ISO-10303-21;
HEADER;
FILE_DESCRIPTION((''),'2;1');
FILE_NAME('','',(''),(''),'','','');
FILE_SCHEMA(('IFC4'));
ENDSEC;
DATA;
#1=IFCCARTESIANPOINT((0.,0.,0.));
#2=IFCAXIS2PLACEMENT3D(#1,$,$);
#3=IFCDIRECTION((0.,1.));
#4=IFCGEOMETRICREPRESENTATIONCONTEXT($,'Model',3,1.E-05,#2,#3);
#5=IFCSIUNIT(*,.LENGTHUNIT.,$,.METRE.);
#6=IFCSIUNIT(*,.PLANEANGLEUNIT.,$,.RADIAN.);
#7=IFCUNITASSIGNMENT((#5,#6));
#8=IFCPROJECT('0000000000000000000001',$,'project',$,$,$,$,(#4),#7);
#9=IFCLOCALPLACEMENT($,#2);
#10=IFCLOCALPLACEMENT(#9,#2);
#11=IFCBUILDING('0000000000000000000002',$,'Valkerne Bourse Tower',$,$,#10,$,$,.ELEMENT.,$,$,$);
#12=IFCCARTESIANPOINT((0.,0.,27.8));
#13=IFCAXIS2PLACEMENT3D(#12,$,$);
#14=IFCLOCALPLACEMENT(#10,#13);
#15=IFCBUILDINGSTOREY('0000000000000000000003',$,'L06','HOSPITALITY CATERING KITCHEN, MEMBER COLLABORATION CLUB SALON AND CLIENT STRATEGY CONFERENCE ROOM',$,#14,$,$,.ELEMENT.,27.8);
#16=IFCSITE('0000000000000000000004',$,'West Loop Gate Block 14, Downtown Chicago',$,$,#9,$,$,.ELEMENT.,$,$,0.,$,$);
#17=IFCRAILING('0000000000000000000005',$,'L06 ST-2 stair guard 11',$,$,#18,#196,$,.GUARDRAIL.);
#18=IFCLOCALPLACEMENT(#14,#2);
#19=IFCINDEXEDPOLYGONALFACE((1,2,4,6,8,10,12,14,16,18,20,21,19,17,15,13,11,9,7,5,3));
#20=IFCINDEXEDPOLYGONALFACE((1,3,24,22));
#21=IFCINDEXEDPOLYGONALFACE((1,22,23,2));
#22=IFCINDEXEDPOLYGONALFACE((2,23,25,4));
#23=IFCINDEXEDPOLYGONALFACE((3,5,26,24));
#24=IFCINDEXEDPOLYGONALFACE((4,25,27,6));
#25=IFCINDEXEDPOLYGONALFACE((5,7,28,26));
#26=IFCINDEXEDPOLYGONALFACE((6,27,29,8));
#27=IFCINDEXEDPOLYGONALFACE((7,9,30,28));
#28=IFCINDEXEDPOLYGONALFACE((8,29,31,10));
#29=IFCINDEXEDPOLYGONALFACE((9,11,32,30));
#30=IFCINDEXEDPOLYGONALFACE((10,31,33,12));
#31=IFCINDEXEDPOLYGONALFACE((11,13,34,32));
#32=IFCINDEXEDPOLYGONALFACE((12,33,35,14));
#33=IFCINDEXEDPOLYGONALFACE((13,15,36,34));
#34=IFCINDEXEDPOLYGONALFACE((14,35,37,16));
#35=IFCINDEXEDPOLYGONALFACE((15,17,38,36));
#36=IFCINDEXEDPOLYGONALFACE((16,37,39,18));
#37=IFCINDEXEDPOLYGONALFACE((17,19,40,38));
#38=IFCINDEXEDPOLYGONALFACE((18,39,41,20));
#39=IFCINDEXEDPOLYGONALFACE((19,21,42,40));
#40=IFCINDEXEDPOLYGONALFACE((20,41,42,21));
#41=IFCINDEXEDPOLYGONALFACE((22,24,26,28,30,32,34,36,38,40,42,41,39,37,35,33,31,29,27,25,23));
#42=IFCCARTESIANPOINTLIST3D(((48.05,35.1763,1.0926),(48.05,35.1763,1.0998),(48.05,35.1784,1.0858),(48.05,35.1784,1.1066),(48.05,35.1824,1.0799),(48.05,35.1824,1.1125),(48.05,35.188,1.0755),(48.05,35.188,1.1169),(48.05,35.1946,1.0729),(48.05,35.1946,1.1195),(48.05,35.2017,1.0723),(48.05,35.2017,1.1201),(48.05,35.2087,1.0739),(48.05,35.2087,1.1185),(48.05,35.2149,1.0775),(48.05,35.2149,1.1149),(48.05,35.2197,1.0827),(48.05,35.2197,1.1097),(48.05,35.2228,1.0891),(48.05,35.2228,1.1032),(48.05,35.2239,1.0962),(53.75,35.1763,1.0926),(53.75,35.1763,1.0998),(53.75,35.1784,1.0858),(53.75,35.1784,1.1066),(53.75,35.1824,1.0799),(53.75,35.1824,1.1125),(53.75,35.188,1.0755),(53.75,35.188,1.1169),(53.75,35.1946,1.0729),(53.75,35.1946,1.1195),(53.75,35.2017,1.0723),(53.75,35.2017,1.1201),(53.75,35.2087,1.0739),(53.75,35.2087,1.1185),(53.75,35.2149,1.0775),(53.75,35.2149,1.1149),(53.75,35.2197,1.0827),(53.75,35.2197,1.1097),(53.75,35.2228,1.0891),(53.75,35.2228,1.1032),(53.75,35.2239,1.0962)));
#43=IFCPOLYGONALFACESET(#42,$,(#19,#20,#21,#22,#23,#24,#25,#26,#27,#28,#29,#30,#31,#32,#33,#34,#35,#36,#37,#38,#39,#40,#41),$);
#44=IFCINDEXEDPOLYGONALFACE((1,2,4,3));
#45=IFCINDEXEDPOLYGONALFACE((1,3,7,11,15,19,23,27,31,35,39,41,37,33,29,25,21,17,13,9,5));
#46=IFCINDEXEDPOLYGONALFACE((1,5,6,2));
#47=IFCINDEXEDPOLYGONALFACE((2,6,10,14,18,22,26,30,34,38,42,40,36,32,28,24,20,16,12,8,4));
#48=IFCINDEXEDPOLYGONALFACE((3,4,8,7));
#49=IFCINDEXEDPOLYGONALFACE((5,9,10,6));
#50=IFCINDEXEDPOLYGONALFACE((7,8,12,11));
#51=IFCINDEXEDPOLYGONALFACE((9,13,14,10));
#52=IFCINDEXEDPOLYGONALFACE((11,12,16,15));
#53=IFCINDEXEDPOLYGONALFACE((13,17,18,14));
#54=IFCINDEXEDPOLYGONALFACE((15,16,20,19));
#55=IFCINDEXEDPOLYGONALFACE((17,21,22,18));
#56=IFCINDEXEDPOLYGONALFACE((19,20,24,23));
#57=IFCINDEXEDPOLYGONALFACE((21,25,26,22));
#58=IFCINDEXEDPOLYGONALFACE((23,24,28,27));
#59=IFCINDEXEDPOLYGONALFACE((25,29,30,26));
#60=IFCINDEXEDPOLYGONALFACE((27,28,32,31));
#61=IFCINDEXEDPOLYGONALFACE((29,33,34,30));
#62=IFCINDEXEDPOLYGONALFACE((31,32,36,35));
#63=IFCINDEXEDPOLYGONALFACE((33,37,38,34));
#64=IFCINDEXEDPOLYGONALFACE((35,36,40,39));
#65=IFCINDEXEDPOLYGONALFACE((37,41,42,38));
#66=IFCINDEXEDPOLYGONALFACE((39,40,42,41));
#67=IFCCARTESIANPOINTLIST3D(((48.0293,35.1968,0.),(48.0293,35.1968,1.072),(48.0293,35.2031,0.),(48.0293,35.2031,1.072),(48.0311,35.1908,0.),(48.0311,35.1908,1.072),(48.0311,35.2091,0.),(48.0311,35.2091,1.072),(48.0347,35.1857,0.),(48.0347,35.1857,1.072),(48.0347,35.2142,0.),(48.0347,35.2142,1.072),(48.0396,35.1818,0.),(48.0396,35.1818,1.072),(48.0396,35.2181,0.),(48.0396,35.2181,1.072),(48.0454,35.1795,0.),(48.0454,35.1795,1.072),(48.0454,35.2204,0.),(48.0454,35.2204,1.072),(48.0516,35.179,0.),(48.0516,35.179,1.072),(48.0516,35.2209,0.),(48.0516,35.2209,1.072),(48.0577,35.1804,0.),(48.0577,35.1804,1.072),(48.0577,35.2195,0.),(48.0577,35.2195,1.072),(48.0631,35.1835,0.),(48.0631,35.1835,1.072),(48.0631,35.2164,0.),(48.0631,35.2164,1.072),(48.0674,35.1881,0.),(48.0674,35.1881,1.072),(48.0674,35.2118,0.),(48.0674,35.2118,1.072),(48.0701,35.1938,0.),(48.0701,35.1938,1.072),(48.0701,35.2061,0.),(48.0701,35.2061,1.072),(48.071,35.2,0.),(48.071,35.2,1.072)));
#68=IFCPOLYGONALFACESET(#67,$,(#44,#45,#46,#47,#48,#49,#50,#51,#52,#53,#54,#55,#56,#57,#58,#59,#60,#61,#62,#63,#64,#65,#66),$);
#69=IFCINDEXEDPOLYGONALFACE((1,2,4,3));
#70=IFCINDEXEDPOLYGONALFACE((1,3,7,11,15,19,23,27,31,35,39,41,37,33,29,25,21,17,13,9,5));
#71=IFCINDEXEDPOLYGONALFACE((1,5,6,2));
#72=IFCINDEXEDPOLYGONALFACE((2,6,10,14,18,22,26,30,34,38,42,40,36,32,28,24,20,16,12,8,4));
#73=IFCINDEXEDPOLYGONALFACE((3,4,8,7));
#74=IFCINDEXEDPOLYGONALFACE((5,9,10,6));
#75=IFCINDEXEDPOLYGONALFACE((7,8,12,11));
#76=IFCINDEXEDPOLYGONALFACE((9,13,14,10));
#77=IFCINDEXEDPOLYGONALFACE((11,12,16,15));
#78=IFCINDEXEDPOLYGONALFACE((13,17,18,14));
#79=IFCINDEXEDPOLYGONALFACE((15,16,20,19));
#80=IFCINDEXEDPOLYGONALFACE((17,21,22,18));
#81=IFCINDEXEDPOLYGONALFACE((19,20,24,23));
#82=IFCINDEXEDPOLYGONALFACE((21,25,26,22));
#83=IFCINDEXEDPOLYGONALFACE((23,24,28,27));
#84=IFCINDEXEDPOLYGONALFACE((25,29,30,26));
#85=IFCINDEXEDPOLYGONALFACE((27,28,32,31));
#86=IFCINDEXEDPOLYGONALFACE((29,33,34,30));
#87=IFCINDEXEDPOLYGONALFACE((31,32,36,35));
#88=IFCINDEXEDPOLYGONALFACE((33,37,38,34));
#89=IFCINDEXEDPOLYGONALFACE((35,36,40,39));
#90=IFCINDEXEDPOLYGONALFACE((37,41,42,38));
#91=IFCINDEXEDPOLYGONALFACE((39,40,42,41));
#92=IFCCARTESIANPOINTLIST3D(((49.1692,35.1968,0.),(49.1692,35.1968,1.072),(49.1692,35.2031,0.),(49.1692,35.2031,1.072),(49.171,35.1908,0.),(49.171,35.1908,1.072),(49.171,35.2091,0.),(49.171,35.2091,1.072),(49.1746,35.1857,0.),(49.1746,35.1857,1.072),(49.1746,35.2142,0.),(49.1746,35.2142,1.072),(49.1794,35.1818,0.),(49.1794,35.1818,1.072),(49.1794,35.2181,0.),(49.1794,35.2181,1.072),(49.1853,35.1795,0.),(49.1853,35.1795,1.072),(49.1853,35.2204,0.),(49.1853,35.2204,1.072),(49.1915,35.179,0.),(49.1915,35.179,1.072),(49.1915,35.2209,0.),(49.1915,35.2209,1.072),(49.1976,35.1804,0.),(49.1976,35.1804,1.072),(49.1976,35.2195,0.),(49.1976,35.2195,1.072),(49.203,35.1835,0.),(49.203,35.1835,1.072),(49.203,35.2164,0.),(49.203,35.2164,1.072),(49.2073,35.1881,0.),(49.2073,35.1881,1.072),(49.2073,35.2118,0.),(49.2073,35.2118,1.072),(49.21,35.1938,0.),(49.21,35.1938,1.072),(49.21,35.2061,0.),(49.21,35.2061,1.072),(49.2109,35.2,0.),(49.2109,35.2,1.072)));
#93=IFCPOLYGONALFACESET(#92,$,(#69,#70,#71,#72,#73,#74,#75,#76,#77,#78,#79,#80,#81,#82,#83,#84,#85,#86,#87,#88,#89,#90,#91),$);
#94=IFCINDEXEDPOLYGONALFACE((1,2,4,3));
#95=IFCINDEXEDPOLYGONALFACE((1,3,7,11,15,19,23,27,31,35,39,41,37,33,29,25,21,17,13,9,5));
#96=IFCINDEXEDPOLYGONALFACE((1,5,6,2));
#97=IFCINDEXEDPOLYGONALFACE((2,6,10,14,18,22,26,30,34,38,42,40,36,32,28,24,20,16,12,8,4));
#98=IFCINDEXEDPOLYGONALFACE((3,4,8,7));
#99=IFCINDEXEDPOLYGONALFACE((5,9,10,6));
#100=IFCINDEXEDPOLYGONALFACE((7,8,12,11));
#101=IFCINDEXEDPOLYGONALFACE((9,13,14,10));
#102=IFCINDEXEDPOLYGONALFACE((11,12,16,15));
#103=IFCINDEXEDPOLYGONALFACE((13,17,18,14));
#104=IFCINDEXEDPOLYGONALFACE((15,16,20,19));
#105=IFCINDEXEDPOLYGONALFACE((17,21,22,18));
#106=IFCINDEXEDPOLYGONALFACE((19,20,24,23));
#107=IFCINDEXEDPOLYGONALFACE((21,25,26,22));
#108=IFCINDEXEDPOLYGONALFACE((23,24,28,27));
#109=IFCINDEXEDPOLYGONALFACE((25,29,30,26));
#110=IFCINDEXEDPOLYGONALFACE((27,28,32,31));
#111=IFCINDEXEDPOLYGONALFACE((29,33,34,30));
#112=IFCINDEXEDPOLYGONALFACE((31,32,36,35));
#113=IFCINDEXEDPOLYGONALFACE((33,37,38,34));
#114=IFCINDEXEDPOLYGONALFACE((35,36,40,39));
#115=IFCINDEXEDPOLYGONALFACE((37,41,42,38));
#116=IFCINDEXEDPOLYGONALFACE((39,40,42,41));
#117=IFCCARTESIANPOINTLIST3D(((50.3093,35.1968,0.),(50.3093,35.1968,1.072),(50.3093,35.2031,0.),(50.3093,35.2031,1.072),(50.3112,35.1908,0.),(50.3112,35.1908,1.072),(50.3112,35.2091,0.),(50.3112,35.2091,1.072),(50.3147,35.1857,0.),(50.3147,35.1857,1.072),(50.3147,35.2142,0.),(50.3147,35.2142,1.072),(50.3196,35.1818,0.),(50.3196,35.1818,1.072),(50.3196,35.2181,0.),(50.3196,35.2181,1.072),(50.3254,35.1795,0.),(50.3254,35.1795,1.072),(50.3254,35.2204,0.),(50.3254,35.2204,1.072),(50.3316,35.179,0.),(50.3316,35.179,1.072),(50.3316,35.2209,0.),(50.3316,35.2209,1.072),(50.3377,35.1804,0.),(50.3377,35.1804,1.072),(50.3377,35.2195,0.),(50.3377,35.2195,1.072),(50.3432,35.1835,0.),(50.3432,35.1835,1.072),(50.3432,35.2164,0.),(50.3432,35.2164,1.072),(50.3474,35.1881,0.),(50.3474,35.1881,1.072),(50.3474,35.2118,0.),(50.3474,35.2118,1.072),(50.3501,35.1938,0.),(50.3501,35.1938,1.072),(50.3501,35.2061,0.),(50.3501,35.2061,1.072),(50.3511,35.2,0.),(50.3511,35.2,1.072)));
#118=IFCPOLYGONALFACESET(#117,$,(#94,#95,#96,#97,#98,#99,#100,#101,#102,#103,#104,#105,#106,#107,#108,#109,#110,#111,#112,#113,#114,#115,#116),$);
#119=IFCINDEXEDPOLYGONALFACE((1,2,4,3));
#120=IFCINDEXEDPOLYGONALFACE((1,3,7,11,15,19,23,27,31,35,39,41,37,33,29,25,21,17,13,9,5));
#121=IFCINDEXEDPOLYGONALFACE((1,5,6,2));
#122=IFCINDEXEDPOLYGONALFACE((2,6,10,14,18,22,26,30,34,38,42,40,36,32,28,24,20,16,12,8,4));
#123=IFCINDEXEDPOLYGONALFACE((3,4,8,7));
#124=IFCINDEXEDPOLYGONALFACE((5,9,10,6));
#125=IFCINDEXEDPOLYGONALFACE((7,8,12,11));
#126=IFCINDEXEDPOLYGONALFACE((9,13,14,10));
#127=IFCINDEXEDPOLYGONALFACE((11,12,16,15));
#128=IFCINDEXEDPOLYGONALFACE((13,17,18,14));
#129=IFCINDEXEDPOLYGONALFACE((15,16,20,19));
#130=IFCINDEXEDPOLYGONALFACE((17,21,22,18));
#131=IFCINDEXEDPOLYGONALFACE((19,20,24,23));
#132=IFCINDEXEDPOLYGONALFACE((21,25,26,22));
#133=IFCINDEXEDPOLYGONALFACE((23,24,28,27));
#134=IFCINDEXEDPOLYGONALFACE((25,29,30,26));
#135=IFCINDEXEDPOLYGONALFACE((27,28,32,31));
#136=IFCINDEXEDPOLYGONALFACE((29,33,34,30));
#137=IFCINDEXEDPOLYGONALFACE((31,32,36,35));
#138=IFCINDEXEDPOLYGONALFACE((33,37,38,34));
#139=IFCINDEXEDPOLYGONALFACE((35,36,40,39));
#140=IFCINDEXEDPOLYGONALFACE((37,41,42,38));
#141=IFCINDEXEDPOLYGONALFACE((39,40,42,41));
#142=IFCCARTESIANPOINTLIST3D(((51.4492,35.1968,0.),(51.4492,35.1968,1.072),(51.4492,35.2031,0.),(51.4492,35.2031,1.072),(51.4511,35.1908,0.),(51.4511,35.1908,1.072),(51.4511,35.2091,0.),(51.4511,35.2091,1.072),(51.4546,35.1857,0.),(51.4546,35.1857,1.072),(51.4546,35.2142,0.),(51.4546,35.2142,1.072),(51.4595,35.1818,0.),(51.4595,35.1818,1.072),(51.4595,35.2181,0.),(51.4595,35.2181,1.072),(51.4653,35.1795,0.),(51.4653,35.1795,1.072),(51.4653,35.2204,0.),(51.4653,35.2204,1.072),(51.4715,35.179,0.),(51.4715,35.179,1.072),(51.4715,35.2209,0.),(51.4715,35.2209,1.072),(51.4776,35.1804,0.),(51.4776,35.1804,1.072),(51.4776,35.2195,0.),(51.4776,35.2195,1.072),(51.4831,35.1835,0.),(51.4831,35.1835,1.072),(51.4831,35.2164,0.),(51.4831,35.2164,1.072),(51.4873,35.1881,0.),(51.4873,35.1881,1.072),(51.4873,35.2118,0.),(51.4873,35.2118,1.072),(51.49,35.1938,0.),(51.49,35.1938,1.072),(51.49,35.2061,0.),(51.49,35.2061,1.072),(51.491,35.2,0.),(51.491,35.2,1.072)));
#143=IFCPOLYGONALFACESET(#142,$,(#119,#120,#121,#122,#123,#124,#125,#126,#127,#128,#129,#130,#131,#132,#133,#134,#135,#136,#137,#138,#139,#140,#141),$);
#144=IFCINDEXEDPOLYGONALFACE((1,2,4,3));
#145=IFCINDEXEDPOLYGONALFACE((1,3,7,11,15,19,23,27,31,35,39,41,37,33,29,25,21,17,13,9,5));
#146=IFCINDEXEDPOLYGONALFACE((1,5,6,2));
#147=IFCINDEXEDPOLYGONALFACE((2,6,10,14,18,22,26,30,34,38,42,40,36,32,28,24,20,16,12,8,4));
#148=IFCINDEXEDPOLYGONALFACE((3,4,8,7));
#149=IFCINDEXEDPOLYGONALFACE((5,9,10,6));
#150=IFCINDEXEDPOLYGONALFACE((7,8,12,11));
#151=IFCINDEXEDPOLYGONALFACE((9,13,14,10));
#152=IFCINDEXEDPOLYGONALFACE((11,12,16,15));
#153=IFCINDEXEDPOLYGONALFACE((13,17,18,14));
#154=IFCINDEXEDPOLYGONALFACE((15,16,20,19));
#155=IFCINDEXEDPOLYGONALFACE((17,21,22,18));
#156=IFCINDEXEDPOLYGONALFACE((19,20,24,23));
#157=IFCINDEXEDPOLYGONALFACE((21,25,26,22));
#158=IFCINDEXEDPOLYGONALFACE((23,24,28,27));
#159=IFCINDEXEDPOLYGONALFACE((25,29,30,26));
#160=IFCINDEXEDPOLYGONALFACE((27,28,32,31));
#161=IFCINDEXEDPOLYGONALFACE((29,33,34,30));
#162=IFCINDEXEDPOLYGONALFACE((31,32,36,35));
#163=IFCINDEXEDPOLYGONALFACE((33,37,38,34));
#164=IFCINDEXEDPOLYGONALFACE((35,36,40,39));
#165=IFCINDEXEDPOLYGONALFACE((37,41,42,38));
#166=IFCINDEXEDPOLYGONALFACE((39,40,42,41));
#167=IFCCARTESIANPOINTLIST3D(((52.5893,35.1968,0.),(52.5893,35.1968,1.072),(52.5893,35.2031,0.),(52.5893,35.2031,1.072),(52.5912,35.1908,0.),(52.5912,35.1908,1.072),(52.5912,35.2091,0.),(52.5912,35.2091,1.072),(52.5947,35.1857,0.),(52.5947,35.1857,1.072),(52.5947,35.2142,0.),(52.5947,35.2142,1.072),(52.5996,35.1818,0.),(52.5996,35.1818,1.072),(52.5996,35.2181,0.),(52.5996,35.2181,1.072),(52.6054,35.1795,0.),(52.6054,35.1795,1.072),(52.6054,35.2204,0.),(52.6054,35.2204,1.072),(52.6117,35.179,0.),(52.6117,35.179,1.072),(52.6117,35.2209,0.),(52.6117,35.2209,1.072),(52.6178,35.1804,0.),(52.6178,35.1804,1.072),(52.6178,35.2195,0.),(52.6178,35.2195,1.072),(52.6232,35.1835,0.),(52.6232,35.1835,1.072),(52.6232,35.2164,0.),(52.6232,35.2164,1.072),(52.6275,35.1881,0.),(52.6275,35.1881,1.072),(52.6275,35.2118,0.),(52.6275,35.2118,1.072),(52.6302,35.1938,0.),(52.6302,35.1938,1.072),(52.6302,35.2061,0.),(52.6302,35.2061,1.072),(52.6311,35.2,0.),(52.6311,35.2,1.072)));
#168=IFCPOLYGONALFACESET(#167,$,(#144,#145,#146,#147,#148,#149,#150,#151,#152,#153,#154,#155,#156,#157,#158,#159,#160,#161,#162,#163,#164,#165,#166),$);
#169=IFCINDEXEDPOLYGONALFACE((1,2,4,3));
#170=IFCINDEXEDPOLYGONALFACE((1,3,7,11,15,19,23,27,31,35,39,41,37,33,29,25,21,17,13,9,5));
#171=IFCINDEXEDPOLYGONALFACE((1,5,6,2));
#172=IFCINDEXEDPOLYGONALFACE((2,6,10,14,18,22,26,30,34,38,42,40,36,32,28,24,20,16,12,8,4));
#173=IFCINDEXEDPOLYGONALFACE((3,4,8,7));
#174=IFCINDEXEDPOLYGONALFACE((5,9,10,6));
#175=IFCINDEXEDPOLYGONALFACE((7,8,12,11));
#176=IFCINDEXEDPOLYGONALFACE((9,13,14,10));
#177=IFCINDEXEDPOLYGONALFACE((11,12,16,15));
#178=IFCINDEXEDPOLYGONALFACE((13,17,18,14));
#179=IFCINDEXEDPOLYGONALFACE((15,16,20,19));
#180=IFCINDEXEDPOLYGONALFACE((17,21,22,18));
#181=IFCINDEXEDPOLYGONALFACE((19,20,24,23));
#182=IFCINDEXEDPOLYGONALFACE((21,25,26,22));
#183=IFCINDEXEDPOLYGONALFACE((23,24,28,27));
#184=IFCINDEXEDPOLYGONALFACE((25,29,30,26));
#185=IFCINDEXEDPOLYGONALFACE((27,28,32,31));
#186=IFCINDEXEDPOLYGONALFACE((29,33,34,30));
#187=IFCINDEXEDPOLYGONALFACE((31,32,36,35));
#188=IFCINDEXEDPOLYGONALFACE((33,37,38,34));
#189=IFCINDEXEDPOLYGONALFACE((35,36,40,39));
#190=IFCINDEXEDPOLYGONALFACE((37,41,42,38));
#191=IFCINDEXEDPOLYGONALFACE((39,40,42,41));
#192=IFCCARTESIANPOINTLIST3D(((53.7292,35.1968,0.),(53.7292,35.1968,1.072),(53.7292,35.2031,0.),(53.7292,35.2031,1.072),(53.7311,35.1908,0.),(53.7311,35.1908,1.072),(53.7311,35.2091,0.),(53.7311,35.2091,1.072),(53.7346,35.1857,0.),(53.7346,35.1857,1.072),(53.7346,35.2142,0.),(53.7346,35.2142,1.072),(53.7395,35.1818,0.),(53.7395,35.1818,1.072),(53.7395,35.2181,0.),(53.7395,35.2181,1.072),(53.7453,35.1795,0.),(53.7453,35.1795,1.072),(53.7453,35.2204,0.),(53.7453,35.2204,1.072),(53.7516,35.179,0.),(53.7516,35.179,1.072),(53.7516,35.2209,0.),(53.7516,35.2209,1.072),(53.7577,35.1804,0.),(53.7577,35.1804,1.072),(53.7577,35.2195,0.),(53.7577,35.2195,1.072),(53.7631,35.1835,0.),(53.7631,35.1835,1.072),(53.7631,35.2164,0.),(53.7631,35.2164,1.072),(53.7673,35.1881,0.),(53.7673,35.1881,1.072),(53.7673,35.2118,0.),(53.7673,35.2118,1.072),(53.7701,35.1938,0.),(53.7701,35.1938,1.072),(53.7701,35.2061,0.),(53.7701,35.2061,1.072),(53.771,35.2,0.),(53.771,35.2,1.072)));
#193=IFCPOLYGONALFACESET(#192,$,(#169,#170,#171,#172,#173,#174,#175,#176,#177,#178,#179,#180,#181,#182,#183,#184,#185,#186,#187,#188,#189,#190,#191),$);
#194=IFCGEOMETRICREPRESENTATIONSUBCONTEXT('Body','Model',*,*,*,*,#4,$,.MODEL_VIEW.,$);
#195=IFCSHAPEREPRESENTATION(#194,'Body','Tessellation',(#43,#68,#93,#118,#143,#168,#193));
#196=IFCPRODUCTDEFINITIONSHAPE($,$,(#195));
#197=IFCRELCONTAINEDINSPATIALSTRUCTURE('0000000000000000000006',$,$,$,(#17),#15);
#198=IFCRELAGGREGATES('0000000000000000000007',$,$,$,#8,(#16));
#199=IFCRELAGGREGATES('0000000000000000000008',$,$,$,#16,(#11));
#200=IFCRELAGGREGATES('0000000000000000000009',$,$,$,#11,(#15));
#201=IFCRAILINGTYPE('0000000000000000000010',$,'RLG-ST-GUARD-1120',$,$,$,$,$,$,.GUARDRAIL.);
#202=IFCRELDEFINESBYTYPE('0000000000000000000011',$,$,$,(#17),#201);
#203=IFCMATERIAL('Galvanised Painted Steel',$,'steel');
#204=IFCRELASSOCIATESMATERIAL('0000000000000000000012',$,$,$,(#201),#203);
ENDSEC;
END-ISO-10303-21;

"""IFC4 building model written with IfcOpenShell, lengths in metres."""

from ifc_helpers import new_model, si_unit, direction, frame, origin, origin_2d, place, context, subcontext, project, spatial, circle, extrude, material, type_object, element, save


model = new_model("IFC4")

# Units and contexts
model_context = context("Model", 3, precision=1e-05, world=origin(), true_north=direction((0.0, 1.0)))
body_context = subcontext(model_context, "Body", "Model", "MODEL_VIEW")
ifc_project = project(units=[si_unit("LENGTHUNIT", "METRE"), si_unit("PLANEANGLEUNIT", "RADIAN")], contexts=[model_context])

# Site, building, storey
site_placement = place(None, origin())
site = spatial("IfcSite", under=ifc_project, at=site_placement, Name="West Loop Gate Block 14, Downtown Chicago", CompositionType="ELEMENT", RefElevation=0.0)
building_placement = place(site_placement, origin())
building = spatial("IfcBuilding", under=site, at=building_placement, Name="Valkerne Bourse Tower", CompositionType="ELEMENT")
storey_placement = place(building_placement, frame((0.0, 0.0, 27.8)))
storey = spatial("IfcBuildingStorey", under=building, at=storey_placement, Name="L06", Description="HOSPITALITY CATERING KITCHEN, MEMBER COLLABORATION CLUB SALON AND CLIENT STRATEGY CONFERENCE ROOM", CompositionType="ELEMENT", Elevation=27.8)

# Shared definitions
ifc_material_1 = material(Name="Galvanised Painted Steel", Category="steel")

# Railing
railing_type_1 = type_object("IfcRailingType", Name="RLG-ST-GUARD-1120", PredefinedType="GUARDRAIL", material=ifc_material_1)
for number, where, name in (
    (1, (48.05, 35.2, 0.0), "L06 ST-2 stair guard 11"),
):
    element("IfcRailing", number, at=place(storey_placement, frame(where)), inside=storey, type_object=railing_type_1, Name=name, PredefinedType="GUARDRAIL", context=body_context, shape_type="SweptSolid", body=[
        extrude(circle(Radius=0.0239, at=origin_2d()), frame((0.0, 0.0, 1.0962), z_axis=(1.0, 0.0, 0.0), x_axis=(0.0, 1.0, 0.0)), (0.0, 0.0, 1.0), 5.7),
        extrude(circle(Radius=0.021, at=origin_2d()), origin(), (0.0, 0.0, 1.0), 1.072),
        extrude(circle(Radius=0.021, at=origin_2d()), frame((1.1399, 0.0, 0.0)), (0.0, 0.0, 1.0), 1.072),
        extrude(circle(Radius=0.021, at=origin_2d()), frame((2.28, 0.0, 0.0)), (0.0, 0.0, 1.0), 1.072),
        extrude(circle(Radius=0.021, at=origin_2d()), frame((3.4199, 0.0, 0.0)), (0.0, 0.0, 1.0), 1.072),
        extrude(circle(Radius=0.021, at=origin_2d()), frame((4.5601, 0.0, 0.0)), (0.0, 0.0, 1.0), 1.072),
        extrude(circle(Radius=0.021, at=origin_2d()), frame((5.7, 0.0, 0.0)), (0.0, 0.0, 1.0), 1.072),
    ])

save(model, "model.ifc")
